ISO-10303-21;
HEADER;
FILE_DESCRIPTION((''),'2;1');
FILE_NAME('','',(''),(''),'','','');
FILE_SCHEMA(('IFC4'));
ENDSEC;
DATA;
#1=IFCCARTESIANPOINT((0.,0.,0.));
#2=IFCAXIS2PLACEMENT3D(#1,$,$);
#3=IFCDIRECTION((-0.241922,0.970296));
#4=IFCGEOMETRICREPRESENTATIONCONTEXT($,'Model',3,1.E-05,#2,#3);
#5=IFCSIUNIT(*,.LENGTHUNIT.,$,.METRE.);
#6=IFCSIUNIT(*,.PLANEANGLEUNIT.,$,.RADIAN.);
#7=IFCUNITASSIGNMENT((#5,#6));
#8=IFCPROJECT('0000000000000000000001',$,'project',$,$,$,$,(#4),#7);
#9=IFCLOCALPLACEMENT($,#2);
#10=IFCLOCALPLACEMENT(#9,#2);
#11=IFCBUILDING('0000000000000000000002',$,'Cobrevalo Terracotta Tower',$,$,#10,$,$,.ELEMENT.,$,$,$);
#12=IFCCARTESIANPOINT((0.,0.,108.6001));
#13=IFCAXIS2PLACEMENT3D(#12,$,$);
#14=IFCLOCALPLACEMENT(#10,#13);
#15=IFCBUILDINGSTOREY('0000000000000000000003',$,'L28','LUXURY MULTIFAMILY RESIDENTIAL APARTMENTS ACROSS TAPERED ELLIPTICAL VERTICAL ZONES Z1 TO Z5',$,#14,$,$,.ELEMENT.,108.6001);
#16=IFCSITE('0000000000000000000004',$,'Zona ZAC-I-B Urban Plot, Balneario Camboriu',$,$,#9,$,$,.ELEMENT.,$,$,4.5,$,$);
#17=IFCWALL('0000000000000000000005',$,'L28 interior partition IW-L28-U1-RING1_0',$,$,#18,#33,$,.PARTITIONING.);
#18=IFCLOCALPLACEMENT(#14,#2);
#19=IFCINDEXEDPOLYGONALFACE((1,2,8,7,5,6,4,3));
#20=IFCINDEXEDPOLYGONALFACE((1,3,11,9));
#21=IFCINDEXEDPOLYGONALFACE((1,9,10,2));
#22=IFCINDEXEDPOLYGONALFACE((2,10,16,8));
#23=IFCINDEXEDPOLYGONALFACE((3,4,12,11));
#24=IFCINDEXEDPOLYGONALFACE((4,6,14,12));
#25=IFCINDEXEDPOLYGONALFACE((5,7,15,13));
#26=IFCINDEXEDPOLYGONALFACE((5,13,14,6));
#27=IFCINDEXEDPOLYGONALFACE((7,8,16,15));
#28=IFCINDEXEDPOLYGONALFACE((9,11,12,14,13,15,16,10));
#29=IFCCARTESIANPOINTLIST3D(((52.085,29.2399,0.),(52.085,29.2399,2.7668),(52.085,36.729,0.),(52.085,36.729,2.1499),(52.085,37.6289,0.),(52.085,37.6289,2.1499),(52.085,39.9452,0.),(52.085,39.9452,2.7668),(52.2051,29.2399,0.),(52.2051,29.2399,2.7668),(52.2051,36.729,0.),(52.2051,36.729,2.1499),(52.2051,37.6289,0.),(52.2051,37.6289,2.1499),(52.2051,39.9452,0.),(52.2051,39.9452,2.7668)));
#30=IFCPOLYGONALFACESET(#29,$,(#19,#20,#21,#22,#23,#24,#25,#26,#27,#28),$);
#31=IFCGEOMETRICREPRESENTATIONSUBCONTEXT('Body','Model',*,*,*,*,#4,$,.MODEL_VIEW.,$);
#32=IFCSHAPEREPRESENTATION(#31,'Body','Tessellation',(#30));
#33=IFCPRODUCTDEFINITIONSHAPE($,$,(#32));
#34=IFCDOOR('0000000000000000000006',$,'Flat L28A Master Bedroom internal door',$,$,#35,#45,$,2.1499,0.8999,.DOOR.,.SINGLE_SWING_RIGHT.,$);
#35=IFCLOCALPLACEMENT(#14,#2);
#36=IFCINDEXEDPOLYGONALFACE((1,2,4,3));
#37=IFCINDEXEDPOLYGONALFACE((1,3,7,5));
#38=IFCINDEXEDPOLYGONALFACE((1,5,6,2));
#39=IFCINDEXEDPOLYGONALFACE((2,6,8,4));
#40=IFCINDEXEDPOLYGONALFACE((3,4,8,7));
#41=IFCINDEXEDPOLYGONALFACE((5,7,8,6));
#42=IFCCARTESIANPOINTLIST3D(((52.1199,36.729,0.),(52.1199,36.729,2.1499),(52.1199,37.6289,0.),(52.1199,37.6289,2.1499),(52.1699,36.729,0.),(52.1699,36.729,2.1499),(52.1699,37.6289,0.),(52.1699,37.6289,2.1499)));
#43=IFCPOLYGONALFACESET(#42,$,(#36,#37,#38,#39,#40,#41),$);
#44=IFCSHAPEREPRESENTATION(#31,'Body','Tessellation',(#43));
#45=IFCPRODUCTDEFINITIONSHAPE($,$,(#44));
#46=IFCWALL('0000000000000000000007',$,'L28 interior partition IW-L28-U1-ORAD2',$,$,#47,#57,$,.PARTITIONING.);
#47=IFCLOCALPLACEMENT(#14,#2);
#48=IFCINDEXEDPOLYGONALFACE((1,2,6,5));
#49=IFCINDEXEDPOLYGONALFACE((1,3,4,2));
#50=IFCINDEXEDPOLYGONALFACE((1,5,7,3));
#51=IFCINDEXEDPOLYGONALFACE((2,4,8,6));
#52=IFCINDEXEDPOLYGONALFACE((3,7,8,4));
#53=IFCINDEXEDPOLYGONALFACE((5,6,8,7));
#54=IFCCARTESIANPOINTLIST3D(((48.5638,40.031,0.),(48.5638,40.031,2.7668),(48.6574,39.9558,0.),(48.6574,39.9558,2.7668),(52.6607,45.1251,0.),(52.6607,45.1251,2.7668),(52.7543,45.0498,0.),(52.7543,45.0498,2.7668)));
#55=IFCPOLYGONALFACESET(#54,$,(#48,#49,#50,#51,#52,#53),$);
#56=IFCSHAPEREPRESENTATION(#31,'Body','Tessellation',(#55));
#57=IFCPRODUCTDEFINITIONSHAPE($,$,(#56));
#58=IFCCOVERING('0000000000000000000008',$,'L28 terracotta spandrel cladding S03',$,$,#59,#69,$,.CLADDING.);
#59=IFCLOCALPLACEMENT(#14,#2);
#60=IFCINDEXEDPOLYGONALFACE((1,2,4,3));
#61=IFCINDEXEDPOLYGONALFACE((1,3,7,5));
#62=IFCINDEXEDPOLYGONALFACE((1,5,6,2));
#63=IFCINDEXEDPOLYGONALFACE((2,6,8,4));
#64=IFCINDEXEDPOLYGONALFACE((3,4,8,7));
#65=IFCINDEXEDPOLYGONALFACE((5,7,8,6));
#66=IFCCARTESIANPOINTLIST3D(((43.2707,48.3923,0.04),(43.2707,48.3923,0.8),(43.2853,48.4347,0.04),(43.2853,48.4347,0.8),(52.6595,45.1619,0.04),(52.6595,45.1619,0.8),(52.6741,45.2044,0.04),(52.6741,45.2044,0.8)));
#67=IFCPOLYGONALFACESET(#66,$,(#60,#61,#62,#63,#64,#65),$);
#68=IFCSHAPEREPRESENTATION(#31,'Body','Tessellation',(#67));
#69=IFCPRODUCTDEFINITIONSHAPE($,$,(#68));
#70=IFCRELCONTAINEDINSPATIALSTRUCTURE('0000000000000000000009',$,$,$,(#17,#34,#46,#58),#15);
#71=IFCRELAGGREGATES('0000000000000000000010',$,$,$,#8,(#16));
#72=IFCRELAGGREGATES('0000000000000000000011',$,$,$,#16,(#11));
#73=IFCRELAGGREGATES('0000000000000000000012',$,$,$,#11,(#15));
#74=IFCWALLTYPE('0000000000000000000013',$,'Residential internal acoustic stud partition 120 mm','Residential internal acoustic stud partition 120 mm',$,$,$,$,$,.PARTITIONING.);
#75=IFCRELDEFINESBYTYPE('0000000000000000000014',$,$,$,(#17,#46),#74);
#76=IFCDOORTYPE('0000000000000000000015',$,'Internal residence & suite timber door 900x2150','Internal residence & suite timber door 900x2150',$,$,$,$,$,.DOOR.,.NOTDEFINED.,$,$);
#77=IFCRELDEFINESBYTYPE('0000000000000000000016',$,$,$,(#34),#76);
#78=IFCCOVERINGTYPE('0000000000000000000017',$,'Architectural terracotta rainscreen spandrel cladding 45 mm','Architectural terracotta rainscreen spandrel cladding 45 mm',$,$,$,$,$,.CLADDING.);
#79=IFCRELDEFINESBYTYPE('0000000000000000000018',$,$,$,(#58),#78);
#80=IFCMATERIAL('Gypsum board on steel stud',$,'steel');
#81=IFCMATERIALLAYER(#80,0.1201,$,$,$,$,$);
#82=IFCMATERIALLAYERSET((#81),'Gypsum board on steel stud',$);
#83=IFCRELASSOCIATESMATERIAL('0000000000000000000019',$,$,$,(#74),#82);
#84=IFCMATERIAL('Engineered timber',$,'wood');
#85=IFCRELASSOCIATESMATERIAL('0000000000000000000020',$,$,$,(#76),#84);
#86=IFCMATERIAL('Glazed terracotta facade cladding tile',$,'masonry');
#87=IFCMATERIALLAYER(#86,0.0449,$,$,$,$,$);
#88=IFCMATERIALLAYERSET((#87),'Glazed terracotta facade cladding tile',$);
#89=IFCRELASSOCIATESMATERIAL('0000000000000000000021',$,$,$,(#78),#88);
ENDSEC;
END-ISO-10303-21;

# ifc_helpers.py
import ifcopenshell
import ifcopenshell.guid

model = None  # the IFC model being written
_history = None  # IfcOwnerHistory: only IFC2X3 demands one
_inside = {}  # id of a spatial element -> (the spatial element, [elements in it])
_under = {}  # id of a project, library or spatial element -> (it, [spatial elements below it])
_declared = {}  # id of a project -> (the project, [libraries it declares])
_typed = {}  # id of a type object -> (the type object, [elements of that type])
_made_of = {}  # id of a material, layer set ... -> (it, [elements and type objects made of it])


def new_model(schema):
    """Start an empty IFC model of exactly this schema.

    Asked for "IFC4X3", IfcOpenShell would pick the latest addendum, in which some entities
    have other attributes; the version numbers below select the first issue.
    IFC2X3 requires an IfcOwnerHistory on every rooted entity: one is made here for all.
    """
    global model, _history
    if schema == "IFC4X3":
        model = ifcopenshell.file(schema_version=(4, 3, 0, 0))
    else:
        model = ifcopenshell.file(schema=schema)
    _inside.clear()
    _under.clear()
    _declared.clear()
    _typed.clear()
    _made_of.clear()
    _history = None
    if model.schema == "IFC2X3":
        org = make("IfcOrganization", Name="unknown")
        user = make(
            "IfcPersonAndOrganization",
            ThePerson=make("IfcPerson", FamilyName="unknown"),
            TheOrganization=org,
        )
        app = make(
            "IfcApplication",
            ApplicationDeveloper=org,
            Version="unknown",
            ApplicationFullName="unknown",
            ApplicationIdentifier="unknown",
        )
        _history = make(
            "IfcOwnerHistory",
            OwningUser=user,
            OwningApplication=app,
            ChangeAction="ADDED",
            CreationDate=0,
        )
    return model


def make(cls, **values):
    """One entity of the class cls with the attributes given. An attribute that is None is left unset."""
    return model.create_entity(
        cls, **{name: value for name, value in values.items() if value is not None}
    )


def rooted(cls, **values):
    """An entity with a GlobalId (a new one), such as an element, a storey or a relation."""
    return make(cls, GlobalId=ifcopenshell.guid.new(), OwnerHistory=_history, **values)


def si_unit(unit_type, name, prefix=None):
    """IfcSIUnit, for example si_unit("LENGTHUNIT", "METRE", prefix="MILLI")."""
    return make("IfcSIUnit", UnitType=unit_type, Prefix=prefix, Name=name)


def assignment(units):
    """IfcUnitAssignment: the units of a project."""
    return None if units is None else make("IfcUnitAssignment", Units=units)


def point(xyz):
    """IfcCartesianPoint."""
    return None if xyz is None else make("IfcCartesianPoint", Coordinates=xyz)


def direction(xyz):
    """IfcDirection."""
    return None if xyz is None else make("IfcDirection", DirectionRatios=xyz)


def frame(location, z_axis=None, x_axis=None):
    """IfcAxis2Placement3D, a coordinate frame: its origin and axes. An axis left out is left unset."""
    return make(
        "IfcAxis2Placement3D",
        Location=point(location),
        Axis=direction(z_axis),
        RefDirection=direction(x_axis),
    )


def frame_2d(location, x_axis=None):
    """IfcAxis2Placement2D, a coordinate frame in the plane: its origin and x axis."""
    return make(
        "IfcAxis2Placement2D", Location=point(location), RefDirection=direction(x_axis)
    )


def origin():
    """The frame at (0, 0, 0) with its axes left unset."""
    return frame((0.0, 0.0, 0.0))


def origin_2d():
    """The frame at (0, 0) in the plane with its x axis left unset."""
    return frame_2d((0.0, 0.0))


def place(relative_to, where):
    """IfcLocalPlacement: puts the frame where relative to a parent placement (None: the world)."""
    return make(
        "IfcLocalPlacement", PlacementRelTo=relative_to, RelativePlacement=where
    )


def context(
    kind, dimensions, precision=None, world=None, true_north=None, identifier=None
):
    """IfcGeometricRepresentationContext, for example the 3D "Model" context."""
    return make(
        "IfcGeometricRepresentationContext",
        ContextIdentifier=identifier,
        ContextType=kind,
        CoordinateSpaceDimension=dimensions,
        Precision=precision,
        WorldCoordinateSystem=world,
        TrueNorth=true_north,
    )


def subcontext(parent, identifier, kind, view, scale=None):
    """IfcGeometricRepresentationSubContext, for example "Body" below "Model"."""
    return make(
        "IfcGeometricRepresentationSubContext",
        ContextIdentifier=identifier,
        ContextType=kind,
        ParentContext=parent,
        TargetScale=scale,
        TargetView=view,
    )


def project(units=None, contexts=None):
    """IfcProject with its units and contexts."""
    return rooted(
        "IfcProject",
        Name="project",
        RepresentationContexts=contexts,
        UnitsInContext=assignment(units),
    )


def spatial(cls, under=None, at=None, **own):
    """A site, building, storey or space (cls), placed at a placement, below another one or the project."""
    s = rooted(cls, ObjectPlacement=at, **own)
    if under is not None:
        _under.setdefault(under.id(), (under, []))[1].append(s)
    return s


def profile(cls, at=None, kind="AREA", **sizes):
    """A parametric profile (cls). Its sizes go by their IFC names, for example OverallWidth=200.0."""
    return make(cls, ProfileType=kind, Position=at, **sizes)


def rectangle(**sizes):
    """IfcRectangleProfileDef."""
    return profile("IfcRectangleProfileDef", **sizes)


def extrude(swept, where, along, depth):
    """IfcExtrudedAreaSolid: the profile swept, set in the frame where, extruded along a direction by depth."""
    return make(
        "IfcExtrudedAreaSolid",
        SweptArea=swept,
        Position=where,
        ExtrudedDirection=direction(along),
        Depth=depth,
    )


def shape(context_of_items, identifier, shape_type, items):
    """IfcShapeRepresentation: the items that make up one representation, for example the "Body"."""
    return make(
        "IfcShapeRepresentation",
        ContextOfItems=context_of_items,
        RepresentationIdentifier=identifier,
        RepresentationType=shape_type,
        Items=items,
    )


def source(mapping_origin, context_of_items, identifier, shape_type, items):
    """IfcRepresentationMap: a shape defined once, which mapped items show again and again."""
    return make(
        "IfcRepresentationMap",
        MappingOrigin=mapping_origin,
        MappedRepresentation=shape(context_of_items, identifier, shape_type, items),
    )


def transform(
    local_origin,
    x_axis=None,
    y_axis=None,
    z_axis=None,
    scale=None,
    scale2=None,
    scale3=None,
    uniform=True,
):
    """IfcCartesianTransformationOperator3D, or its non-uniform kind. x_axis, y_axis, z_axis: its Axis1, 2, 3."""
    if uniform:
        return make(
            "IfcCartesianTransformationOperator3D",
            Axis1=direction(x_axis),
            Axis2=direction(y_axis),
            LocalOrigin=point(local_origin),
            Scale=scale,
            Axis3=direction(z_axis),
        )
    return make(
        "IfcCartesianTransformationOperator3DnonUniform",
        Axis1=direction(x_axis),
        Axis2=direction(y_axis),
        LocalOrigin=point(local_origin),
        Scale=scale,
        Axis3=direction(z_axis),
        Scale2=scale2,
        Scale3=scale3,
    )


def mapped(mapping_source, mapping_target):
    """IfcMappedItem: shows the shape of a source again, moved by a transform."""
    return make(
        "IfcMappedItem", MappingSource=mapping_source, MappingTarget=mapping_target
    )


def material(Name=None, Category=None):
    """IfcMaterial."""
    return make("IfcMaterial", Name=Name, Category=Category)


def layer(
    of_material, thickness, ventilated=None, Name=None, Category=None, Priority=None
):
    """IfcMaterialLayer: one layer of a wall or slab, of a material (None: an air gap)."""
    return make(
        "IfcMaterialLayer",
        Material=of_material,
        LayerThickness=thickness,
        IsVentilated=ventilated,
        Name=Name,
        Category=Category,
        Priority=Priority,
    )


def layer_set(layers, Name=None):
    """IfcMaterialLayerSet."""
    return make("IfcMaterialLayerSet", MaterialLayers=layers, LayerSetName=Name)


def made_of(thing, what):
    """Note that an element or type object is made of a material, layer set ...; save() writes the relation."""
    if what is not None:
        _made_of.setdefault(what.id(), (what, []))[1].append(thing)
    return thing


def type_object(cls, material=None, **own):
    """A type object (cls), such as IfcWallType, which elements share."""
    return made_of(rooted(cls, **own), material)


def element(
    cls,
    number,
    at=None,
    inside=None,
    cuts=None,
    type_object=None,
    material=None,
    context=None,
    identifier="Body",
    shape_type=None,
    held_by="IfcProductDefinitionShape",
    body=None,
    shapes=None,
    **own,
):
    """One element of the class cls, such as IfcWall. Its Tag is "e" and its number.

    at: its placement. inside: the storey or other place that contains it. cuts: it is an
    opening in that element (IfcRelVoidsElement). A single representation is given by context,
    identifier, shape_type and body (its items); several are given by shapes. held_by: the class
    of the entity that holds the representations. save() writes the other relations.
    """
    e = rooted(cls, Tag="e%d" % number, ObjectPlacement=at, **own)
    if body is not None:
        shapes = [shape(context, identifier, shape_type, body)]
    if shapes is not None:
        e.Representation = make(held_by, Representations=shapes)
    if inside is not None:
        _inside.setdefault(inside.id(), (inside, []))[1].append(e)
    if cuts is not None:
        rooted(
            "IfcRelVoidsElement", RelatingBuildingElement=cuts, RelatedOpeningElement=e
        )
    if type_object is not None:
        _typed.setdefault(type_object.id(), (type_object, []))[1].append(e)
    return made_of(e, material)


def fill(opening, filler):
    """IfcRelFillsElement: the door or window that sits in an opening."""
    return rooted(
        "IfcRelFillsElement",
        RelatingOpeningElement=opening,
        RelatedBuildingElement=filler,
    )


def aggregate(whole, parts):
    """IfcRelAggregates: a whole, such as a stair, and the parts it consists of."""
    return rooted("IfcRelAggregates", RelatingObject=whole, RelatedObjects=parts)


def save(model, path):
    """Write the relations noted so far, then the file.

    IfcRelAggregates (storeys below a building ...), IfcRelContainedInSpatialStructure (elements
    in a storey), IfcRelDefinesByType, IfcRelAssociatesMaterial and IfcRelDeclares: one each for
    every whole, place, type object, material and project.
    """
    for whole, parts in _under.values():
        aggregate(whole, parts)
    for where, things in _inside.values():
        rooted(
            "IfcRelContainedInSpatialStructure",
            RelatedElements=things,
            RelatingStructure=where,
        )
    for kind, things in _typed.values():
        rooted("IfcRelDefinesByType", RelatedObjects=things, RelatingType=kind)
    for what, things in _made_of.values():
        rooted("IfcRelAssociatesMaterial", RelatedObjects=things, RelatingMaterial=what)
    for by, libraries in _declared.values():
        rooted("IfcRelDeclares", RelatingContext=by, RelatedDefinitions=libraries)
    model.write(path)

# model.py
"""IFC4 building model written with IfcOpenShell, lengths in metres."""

from ifc_helpers import new_model, si_unit, direction, frame, frame_2d, origin, origin_2d, place, context, subcontext, project, spatial, rectangle, extrude, source, transform, mapped, material, layer, layer_set, type_object, element, fill, save


model = new_model("IFC4")

# Units and contexts
model_context = context("Model", 3, precision=1e-05, world=origin(), true_north=direction((-0.241922, 0.970296)))
body_context = subcontext(model_context, "Body", "Model", "MODEL_VIEW")
ifc_project = project(units=[si_unit("LENGTHUNIT", "METRE"), si_unit("PLANEANGLEUNIT", "RADIAN")], contexts=[model_context])

# Site, building, storey
site_placement = place(None, origin())
site = spatial("IfcSite", under=ifc_project, at=site_placement, Name="Zona ZAC-I-B Urban Plot, Balneario Camboriu", CompositionType="ELEMENT", RefElevation=4.5)
building_placement = place(site_placement, origin())
building = spatial("IfcBuilding", under=site, at=building_placement, Name="Cobrevalo Terracotta Tower", CompositionType="ELEMENT")
storey_placement = place(building_placement, frame((0.0, 0.0, 108.6001)))
storey = spatial("IfcBuildingStorey", under=building, at=storey_placement, Name="L28", Description="LUXURY MULTIFAMILY RESIDENTIAL APARTMENTS ACROSS TAPERED ELLIPTICAL VERTICAL ZONES Z1 TO Z5", CompositionType="ELEMENT", Elevation=108.6001)

# Wall, opening, door
ifc_material_1 = material(Name="Gypsum board on steel stud", Category="steel")
ifc_layer_1 = layer(ifc_material_1, 0.1201)
ifc_layer_set_1 = layer_set([ifc_layer_1], Name="Gypsum board on steel stud")
wall_type_1 = type_object("IfcWallType", Name="Residential internal acoustic stud partition 120 mm", Description="Residential internal acoustic stud partition 120 mm", PredefinedType="PARTITIONING", material=ifc_layer_set_1)
wall_1_placement = place(storey_placement, frame((52.145, 39.9451, 0.0), z_axis=(0.0, 0.0, 1.0), x_axis=(0.0, -1.0, 0.0)))
wall_1 = element("IfcWall", 1, at=wall_1_placement, inside=storey, type_object=wall_type_1, Name="L28 interior partition IW-L28-U1-RING1_0", PredefinedType="PARTITIONING", context=body_context, shape_type="SweptSolid", body=[
    extrude(rectangle(XDim=10.7053, YDim=0.1201, at=frame_2d((5.3525, 0.0))), origin(), (0.0, 0.0, 1.0), 2.7668),
])
opening_1_placement = place(wall_1_placement, frame((2.3162, 0.0, 0.0)))
opening_1 = element("IfcOpeningElement", 2, at=opening_1_placement, cuts=wall_1, PredefinedType="OPENING", context=body_context, shape_type="SweptSolid", body=[
    extrude(rectangle(XDim=0.8999, YDim=2.1499, at=frame_2d((0.45, 1.075))), frame((0.0, 0.0701, 0.0), z_axis=(0.0, -1.0, 0.0), x_axis=(1.0, 0.0, 0.0)), (0.0, 0.0, 1.0), 0.1401),
])
ifc_material_2 = material(Name="Engineered timber", Category="wood")
door_type_1 = type_object("IfcDoorType", Name="Internal residence & suite timber door 900x2150", Description="Internal residence & suite timber door 900x2150", OperationType="NOTDEFINED", PredefinedType="DOOR", material=ifc_material_2)
shared_shape_1 = source(origin(), body_context, "Body", "SweptSolid", [
    extrude(rectangle(XDim=0.8999, YDim=2.1499, at=frame_2d((0.45, 1.075))), frame((0.0, 0.0249, 0.0), z_axis=(0.0, -1.0, 0.0), x_axis=(1.0, 0.0, 0.0)), (0.0, 0.0, 1.0), 0.05),
])
door_1_placement = place(opening_1_placement, origin())
door_1 = element("IfcDoor", 3, at=door_1_placement, inside=storey, type_object=door_type_1, Name="Flat L28A Master Bedroom internal door", OperationType="SINGLE_SWING_RIGHT", OverallHeight=2.1499, OverallWidth=0.8999, PredefinedType="DOOR", context=body_context, shape_type="MappedRepresentation", body=[
    mapped(shared_shape_1, transform((0.0, 0.0, 0.0), scale=1.0)),
])
fill(opening_1, door_1)

# Wall
wall_2_placement = place(storey_placement, frame((48.6106, 39.9934, 0.0), z_axis=(0.0, 0.0, 1.0), x_axis=(0.62672, 0.779245, 0.0)))
element("IfcWall", 4, at=wall_2_placement, inside=storey, type_object=wall_type_1, Name="L28 interior partition IW-L28-U1-ORAD2", PredefinedType="PARTITIONING", context=body_context, shape_type="SweptSolid", body=[
    extrude(rectangle(XDim=6.5371, YDim=0.1201, at=frame_2d((3.2686, 0.0))), origin(), (0.0, 0.0, 1.0), 2.7668),
])

# Covering
ifc_material_3 = material(Name="Glazed terracotta facade cladding tile", Category="masonry")
ifc_layer_2 = layer(ifc_material_3, 0.0449)
ifc_layer_set_2 = layer_set([ifc_layer_2], Name="Glazed terracotta facade cladding tile")
covering_type = type_object("IfcCoveringType", Name="Architectural terracotta rainscreen spandrel cladding 45 mm", Description="Architectural terracotta rainscreen spandrel cladding 45 mm", PredefinedType="CLADDING", material=ifc_layer_set_2)
shared_shape_2 = source(origin(), body_context, "Body", "SweptSolid", [
    extrude(rectangle(XDim=9.929, YDim=0.0449, at=origin_2d()), origin(), (0.0, 0.0, 1.0), 0.76),
])
covering_placement = place(storey_placement, frame((47.9724, 46.7983, 0.04), z_axis=(0.0, 0.0, 1.0), x_axis=(-0.945596, 0.325342, 0.0)))
element("IfcCovering", 5, at=covering_placement, inside=storey, type_object=covering_type, Name="L28 terracotta spandrel cladding S03", PredefinedType="CLADDING", context=body_context, shape_type="MappedRepresentation", body=[
    mapped(shared_shape_2, transform((0.0, 0.0, 0.0), scale=1.0)),
])

save(model, "model.ifc")
